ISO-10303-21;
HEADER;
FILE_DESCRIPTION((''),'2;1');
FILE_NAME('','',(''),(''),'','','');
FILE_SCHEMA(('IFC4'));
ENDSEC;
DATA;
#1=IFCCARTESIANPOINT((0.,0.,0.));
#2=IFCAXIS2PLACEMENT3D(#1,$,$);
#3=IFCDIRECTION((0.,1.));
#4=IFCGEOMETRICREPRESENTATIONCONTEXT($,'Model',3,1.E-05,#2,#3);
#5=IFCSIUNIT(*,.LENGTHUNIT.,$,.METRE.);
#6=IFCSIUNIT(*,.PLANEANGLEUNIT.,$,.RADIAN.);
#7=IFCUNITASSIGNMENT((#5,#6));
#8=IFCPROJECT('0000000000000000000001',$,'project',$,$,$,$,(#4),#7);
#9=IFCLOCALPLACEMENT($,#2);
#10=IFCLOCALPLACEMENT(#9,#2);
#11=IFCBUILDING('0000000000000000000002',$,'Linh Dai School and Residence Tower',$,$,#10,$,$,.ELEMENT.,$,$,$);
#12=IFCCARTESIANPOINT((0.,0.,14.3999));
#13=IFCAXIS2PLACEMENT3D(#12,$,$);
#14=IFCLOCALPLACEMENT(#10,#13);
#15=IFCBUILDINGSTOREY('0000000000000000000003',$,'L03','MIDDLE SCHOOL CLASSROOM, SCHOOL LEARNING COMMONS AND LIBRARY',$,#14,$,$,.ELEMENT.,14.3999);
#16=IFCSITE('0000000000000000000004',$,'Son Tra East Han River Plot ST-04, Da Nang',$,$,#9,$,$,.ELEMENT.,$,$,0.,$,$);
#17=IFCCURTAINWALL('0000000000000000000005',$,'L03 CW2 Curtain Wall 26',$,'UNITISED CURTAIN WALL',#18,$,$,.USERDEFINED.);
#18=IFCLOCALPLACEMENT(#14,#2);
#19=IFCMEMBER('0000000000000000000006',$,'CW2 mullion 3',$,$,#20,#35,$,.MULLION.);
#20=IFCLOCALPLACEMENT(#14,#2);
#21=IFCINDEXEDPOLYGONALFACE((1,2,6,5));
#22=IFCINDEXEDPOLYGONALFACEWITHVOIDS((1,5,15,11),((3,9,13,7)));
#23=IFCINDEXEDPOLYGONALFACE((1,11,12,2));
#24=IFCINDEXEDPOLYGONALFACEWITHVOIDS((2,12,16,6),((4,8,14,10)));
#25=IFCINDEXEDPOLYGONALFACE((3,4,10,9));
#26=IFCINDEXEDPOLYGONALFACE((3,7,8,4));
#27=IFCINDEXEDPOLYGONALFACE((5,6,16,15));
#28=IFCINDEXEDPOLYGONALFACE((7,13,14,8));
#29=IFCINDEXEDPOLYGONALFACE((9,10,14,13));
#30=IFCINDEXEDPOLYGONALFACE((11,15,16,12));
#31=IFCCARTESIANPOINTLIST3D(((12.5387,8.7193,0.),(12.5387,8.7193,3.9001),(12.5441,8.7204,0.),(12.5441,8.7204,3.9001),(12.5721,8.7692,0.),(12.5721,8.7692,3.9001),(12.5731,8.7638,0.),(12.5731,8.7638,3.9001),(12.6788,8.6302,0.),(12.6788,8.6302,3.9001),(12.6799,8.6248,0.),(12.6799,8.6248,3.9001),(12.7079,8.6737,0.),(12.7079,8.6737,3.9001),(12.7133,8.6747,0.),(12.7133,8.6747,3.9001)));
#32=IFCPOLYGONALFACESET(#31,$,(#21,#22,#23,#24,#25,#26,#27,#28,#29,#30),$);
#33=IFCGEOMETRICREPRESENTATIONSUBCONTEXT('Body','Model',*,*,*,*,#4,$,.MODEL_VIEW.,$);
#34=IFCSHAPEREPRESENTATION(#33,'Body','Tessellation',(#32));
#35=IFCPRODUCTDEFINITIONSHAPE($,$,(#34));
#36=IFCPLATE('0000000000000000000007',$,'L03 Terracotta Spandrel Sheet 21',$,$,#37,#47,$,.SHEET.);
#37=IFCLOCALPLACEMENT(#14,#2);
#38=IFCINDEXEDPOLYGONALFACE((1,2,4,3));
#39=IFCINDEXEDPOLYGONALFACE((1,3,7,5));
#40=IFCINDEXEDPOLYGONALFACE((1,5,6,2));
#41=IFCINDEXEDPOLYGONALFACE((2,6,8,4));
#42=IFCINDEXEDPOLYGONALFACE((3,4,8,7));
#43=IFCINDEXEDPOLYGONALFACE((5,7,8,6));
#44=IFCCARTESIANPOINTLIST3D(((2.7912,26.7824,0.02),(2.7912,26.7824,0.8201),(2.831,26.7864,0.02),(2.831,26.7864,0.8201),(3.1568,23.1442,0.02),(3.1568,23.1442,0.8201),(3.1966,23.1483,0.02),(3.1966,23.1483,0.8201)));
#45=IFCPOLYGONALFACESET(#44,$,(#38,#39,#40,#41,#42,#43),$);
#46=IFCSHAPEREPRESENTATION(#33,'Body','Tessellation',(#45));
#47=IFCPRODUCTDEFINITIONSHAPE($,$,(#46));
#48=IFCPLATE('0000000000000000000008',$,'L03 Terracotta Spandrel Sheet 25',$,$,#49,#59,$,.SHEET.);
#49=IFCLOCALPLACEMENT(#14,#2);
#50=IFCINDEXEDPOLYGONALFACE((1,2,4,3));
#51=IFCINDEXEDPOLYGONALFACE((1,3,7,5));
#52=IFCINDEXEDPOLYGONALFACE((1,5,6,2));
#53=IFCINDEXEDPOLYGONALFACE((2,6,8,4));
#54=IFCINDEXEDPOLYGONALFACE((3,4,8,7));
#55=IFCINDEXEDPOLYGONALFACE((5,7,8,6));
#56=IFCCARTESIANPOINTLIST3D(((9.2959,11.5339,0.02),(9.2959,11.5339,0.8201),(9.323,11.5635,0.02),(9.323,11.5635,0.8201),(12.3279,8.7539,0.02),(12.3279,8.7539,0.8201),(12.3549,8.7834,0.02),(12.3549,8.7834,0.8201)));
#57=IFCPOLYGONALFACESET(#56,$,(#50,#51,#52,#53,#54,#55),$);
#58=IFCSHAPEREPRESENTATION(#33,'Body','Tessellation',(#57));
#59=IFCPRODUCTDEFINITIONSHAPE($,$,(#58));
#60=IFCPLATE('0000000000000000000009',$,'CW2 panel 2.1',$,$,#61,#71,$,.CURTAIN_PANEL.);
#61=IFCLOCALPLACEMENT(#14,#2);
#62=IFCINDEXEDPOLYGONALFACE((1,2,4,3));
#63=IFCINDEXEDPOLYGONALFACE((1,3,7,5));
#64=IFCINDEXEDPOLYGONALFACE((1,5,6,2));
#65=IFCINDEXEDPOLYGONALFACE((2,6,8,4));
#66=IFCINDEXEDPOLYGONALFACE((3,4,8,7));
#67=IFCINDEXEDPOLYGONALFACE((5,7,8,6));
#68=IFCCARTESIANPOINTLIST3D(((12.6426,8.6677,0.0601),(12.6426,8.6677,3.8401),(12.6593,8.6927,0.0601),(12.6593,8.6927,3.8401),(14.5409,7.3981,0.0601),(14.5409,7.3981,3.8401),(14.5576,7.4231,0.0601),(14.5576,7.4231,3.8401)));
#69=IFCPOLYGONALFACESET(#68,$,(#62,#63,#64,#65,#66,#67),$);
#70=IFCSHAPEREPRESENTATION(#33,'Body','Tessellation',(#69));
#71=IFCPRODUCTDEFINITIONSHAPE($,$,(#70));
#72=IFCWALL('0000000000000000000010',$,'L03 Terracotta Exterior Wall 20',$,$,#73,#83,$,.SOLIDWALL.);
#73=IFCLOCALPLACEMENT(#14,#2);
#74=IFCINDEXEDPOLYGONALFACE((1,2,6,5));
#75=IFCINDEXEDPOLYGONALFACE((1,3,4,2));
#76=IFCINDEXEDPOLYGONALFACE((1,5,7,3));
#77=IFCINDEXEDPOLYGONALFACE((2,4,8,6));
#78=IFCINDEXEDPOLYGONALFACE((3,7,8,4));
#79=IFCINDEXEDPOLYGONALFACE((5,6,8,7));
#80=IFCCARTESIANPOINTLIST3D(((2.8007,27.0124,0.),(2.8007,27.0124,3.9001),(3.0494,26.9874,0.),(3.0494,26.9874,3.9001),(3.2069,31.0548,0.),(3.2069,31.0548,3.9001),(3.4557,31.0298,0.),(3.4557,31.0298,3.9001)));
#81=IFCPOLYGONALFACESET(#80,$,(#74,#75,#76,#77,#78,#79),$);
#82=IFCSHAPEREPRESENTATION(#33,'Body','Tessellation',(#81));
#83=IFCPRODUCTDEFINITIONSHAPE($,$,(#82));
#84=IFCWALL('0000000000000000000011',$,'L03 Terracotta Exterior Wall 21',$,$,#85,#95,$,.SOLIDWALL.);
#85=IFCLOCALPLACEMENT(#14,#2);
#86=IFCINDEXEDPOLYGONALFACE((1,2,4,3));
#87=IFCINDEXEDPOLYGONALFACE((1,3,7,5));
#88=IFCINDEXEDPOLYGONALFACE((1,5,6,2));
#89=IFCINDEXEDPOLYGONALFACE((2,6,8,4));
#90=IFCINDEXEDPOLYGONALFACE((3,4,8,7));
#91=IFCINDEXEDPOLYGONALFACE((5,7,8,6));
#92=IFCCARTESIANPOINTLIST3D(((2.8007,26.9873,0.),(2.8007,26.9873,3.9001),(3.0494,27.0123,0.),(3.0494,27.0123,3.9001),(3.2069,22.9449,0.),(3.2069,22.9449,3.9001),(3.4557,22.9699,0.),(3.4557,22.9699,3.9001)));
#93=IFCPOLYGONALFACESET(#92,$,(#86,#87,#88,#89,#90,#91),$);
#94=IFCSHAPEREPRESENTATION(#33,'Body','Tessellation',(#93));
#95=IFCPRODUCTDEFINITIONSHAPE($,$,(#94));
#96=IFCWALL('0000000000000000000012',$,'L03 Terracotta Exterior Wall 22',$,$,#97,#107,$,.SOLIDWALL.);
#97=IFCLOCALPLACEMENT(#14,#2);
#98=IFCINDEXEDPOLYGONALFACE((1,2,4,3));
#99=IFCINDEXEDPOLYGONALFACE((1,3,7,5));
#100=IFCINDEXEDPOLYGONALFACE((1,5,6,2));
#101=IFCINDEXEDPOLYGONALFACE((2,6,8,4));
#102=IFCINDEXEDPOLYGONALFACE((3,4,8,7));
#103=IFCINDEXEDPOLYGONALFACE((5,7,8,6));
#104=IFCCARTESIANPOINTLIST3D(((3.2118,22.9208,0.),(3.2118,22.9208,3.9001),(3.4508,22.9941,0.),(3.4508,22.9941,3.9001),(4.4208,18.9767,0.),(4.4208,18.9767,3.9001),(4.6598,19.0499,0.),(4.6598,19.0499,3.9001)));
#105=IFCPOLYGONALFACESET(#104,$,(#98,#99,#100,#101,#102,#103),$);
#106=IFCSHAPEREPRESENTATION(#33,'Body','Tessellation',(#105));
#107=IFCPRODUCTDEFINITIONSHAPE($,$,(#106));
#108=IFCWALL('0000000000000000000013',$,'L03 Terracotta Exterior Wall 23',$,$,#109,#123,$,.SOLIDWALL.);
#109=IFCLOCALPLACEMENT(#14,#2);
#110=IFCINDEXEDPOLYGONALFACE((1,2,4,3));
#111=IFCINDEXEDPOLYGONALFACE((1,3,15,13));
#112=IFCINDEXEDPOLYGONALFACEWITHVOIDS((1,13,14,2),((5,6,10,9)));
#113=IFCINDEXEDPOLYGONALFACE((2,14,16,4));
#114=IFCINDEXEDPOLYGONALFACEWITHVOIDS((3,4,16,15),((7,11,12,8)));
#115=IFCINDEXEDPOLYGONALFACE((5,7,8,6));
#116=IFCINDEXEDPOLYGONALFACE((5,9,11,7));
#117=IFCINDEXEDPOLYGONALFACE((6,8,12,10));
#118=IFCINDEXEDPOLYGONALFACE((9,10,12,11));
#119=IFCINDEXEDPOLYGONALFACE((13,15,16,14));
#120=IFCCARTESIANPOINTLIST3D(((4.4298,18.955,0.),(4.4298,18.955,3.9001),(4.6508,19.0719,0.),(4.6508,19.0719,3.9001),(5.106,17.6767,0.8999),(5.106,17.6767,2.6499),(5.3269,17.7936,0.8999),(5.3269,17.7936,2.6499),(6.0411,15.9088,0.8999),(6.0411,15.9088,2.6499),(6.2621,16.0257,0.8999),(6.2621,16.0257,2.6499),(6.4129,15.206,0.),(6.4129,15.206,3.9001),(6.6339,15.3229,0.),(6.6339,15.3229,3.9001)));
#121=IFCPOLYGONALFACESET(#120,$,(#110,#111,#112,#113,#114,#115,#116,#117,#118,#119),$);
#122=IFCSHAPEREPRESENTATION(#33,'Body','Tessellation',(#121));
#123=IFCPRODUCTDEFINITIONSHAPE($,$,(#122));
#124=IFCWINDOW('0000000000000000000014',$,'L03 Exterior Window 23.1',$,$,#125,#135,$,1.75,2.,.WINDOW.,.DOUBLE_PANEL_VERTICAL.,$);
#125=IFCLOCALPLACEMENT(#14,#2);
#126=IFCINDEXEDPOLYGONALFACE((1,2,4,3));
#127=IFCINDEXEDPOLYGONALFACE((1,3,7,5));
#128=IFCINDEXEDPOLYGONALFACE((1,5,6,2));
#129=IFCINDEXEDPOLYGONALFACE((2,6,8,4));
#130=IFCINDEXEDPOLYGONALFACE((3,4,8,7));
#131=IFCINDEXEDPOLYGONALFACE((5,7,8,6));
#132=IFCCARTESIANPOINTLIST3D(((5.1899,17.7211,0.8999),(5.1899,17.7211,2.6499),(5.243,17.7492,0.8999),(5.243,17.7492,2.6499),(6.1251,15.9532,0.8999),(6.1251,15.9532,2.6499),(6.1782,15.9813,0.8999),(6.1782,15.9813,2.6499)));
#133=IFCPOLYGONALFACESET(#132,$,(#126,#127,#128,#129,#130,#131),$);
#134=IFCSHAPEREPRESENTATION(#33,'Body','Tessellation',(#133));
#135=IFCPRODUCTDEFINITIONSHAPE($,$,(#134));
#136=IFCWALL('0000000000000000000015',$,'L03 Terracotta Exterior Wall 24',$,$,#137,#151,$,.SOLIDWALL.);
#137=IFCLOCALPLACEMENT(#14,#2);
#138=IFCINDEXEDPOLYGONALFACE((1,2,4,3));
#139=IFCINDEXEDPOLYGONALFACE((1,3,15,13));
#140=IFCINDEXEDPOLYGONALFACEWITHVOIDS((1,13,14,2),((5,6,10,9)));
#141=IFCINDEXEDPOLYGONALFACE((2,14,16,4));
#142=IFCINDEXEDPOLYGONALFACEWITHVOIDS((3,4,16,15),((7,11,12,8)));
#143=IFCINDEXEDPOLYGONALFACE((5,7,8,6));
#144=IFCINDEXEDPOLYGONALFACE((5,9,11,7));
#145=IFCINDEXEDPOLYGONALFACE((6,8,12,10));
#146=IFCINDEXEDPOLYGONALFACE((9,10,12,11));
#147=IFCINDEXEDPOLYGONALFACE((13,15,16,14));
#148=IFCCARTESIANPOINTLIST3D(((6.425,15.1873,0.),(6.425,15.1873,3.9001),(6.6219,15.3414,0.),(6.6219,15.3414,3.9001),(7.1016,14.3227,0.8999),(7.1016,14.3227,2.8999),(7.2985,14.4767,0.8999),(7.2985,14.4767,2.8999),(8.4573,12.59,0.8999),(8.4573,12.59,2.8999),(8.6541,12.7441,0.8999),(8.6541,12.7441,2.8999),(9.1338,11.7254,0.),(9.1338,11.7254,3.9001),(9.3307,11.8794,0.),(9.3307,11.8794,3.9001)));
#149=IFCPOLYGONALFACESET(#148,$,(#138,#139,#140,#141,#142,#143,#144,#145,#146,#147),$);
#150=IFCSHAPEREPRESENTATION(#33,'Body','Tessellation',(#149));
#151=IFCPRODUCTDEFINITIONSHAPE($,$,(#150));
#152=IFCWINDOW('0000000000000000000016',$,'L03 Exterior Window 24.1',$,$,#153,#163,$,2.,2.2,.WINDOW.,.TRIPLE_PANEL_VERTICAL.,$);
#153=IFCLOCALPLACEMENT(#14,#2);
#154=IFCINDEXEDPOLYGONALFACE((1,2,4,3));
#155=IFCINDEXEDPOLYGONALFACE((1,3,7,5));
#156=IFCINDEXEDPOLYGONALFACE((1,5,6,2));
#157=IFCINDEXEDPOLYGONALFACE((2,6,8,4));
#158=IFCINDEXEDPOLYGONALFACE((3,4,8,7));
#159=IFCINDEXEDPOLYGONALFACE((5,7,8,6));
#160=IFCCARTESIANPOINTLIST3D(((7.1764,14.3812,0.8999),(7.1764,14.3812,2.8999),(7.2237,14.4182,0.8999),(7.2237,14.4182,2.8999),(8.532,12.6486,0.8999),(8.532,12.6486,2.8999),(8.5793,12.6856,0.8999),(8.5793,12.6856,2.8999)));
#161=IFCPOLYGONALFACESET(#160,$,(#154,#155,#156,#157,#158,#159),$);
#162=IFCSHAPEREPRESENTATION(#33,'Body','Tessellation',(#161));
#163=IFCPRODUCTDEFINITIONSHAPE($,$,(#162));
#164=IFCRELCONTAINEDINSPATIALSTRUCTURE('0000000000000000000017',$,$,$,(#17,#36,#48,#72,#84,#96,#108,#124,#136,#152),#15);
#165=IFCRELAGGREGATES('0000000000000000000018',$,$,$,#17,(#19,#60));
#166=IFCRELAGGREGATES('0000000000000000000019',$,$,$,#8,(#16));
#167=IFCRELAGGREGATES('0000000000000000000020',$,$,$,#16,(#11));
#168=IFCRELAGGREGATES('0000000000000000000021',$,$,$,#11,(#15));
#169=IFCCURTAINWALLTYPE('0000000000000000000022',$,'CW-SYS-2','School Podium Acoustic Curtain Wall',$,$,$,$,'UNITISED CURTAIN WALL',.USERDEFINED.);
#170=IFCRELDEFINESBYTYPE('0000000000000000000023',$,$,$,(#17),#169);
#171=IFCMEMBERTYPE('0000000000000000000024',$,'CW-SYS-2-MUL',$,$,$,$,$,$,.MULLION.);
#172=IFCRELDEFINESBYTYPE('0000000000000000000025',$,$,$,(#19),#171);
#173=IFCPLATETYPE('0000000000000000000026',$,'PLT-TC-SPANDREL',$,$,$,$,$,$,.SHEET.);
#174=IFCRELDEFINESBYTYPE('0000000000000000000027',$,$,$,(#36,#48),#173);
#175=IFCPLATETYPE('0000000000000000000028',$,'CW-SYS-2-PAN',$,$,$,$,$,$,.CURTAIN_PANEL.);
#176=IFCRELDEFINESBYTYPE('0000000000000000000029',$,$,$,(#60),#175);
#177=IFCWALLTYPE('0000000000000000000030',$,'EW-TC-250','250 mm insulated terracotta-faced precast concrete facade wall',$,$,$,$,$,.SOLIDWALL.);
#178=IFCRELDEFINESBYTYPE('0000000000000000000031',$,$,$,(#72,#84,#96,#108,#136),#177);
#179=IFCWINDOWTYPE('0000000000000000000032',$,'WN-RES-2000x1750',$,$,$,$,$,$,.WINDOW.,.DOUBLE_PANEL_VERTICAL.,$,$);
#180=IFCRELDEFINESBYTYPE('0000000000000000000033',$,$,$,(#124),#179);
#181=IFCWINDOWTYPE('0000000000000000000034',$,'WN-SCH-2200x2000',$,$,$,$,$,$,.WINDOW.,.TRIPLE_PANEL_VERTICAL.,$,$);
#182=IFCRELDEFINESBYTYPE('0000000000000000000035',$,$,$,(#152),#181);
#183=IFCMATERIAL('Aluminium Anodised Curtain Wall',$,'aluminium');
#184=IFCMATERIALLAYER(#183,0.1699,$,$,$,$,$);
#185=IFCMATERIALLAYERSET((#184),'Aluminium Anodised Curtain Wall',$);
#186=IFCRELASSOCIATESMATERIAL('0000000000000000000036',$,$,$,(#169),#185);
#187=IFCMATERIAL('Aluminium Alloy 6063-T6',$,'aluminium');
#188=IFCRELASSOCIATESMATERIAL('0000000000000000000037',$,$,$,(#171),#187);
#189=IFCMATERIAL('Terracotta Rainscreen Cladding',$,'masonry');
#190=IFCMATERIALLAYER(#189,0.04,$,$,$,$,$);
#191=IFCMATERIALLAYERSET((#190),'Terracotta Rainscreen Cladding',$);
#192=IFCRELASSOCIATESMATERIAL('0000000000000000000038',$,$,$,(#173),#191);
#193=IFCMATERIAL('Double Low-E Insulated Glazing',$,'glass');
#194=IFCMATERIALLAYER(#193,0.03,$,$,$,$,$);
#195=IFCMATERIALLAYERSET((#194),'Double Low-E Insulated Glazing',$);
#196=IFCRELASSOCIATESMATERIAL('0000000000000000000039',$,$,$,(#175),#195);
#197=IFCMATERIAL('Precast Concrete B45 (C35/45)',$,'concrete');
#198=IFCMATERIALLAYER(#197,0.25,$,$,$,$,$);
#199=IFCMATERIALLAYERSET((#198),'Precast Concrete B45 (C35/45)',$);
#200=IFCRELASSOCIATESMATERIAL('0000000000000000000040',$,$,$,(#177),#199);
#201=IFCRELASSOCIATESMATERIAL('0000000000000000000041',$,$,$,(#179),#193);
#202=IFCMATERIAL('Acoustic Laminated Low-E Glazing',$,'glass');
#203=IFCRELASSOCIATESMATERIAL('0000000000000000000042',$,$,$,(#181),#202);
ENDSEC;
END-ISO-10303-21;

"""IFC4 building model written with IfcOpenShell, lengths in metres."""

from ifc_helpers import new_model, si_unit, direction, frame, frame_2d, origin, origin_2d, place, context, subcontext, project, spatial, rectangle, hollow_rectangle, extrude, source, transform, mapped, material, layer, layer_set, material_profile, profile_set, type_object, element, fill, aggregate, save


model = new_model("IFC4")

# Units and contexts
model_context = context("Model", 3, precision=1e-05, world=origin(), true_north=direction((0.0, 1.0)))
body_context = subcontext(model_context, "Body", "Model", "MODEL_VIEW")
ifc_project = project(units=[si_unit("LENGTHUNIT", "METRE"), si_unit("PLANEANGLEUNIT", "RADIAN")], contexts=[model_context])

# Site, building, storey
site_placement = place(None, origin())
site = spatial("IfcSite", under=ifc_project, at=site_placement, Name="Son Tra East Han River Plot ST-04, Da Nang", CompositionType="ELEMENT", RefElevation=0.0)
building_placement = place(site_placement, origin())
building = spatial("IfcBuilding", under=site, at=building_placement, Name="Linh Dai School and Residence Tower", CompositionType="ELEMENT")
storey_placement = place(building_placement, frame((0.0, 0.0, 14.3999)))
storey = spatial("IfcBuildingStorey", under=building, at=storey_placement, Name="L03", Description="MIDDLE SCHOOL CLASSROOM, SCHOOL LEARNING COMMONS AND LIBRARY", CompositionType="ELEMENT", Elevation=14.3999)

# Curtain wall, member
ifc_material_1 = material(Name="Aluminium Anodised Curtain Wall", Category="aluminium")
ifc_layer_1 = layer(ifc_material_1, 0.1699)
ifc_layer_set_1 = layer_set([ifc_layer_1], Name="Aluminium Anodised Curtain Wall")
curtain_wall_type = type_object("IfcCurtainWallType", Name="CW-SYS-2", Description="School Podium Acoustic Curtain Wall", ElementType="UNITISED CURTAIN WALL", PredefinedType="USERDEFINED", material=ifc_layer_set_1)
curtain_wall_placement = place(storey_placement, origin())
curtain_wall = element("IfcCurtainWall", 1, at=curtain_wall_placement, inside=storey, type_object=curtain_wall_type, Name="L03 CW2 Curtain Wall 26", ObjectType="UNITISED CURTAIN WALL", PredefinedType="USERDEFINED")
ifc_material_2 = material(Name="Aluminium Alloy 6063-T6", Category="aluminium")
ifc_material_profile_1 = material_profile(ifc_material_2, hollow_rectangle(XDim=0.0601, YDim=0.1699, WallThickness=0.0039, at=origin_2d()), Name="RHS 170x60x4")
ifc_profile_set_1 = profile_set([ifc_material_profile_1], Name="Aluminium Alloy 6063-T6")
member_type = type_object("IfcMemberType", Name="CW-SYS-2-MUL", PredefinedType="MULLION", material=ifc_profile_set_1)
shared_shape_1 = source(origin(), body_context, "Body", "SweptSolid", [
    extrude(hollow_rectangle(XDim=0.0601, YDim=0.1699, WallThickness=0.0039, at=origin_2d()), origin(), (0.0, 0.0, 1.0), 3.9001),
])
member_placement = place(storey_placement, frame((12.626, 8.697, 0.0), z_axis=(0.0, 0.0, 1.0), x_axis=(-0.555957, -0.831211, 0.0)))
member = element("IfcMember", 2, at=member_placement, type_object=member_type, Name="CW2 mullion 3", PredefinedType="MULLION", context=body_context, shape_type="MappedRepresentation", body=[
    mapped(shared_shape_1, transform((0.0, 0.0, 0.0), x_axis=(1.0, 0.0, 0.0), y_axis=(0.0, 1.0, 0.0), z_axis=(0.0, 0.0, 1.0), scale=1.0)),
])

# Plates
ifc_material_3 = material(Name="Terracotta Rainscreen Cladding", Category="masonry")
ifc_layer_2 = layer(ifc_material_3, 0.04)
ifc_layer_set_2 = layer_set([ifc_layer_2], Name="Terracotta Rainscreen Cladding")
plate_type_1 = type_object("IfcPlateType", Name="PLT-TC-SPANDREL", PredefinedType="SHEET", material=ifc_layer_set_2)
shared_shape_2 = source(origin(), body_context, "Body", "SweptSolid", [
    extrude(rectangle(XDim=3.6565, YDim=0.04, at=origin_2d()), origin(), (0.0, 0.0, 1.0), 0.8),
])
plate_1_placement = place(storey_placement, frame((2.9939, 24.9653, 0.02), z_axis=(0.0, 0.0, 1.0), x_axis=(-0.099995, 0.994988, 0.0)))
element("IfcPlate", 3, at=plate_1_placement, inside=storey, type_object=plate_type_1, Name="L03 Terracotta Spandrel Sheet 21", PredefinedType="SHEET", context=body_context, shape_type="MappedRepresentation", body=[
    mapped(shared_shape_2, transform((0.0, 0.0, 0.0), x_axis=(1.0, 0.0, 0.0), y_axis=(0.0, 1.0, 0.0), z_axis=(0.0, 0.0, 1.0), scale=1.0)),
])
shared_shape_3 = source(origin(), body_context, "Body", "SweptSolid", [
    extrude(rectangle(XDim=4.1135, YDim=0.04, at=origin_2d()), origin(), (0.0, 0.0, 1.0), 0.8),
])
plate_2_placement = place(storey_placement, frame((10.8254, 10.1587, 0.02), z_axis=(0.0, 0.0, 1.0), x_axis=(-0.737062, 0.675825, 0.0)))
element("IfcPlate", 4, at=plate_2_placement, inside=storey, type_object=plate_type_1, Name="L03 Terracotta Spandrel Sheet 25", PredefinedType="SHEET", context=body_context, shape_type="MappedRepresentation", body=[
    mapped(shared_shape_3, transform((0.0, 0.0, 0.0), x_axis=(1.0, 0.0, 0.0), y_axis=(0.0, 1.0, 0.0), z_axis=(0.0, 0.0, 1.0), scale=1.0)),
])

# Plate
ifc_material_4 = material(Name="Double Low-E Insulated Glazing", Category="glass")
ifc_layer_3 = layer(ifc_material_4, 0.03)
ifc_layer_set_3 = layer_set([ifc_layer_3], Name="Double Low-E Insulated Glazing")
plate_type_2 = type_object("IfcPlateType", Name="CW-SYS-2-PAN", PredefinedType="CURTAIN_PANEL", material=ifc_layer_set_3)
shared_shape_4 = source(origin(), body_context, "Body", "SweptSolid", [
    extrude(rectangle(XDim=2.2837, YDim=0.03, at=origin_2d()), origin(), (0.0, 0.0, 1.0), 3.78),
])
plate_3_placement = place(storey_placement, frame((13.6001, 8.0454, 0.0601), z_axis=(0.0, 0.0, 1.0), x_axis=(-0.831211, 0.555957, 0.0)))
plate_3 = element("IfcPlate", 5, at=plate_3_placement, type_object=plate_type_2, Name="CW2 panel 2.1", PredefinedType="CURTAIN_PANEL", context=body_context, shape_type="MappedRepresentation", body=[
    mapped(shared_shape_4, transform((0.0, 0.0, 0.0), x_axis=(1.0, 0.0, 0.0), y_axis=(0.0, 1.0, 0.0), z_axis=(0.0, 0.0, 1.0), scale=1.0)),
])
aggregate(curtain_wall, [member, plate_3])

# Walls
ifc_material_5 = material(Name="Precast Concrete B45 (C35/45)", Category="concrete")
ifc_layer_4 = layer(ifc_material_5, 0.25)
ifc_layer_set_4 = layer_set([ifc_layer_4], Name="Precast Concrete B45 (C35/45)")
wall_type_1 = type_object("IfcWallType", Name="EW-TC-250", Description="250 mm insulated terracotta-faced precast concrete facade wall", PredefinedType="SOLIDWALL", material=ifc_layer_set_4)
for number, where, z_axis, x_axis, name in (
    (6, (2.925, 27.0, 0.0), (0.0, 0.0, 1.0), (0.099992, 0.994988, 0.0), "L03 Terracotta Exterior Wall 20"),
    (7, (3.3313, 22.9575, 0.0), (0.0, 0.0, 1.0), (-0.099992, 0.994988, 0.0), "L03 Terracotta Exterior Wall 21"),
):
    element("IfcWall", number, at=place(storey_placement, frame(where, z_axis=z_axis, x_axis=x_axis)), inside=storey, type_object=wall_type_1, Name=name, PredefinedType="SOLIDWALL", context=body_context, shape_type="SweptSolid", body=[
        extrude(rectangle(XDim=4.0627, YDim=0.25, at=frame_2d((2.0312, 0.0))), origin(), (0.0, 0.0, 1.0), 3.9001),
    ])
wall_1_placement = place(storey_placement, frame((4.5403, 19.0134, 0.0), z_axis=(0.0, 0.0, 1.0), x_axis=(-0.293071, 0.956091, 0.0)))
element("IfcWall", 8, at=wall_1_placement, inside=storey, type_object=wall_type_1, Name="L03 Terracotta Exterior Wall 22", PredefinedType="SOLIDWALL", context=body_context, shape_type="SweptSolid", body=[
    extrude(rectangle(XDim=4.1252, YDim=0.25, at=frame_2d((2.0625, 0.0))), origin(), (0.0, 0.0, 1.0), 3.9001),
])

# Walls, openings, windows
wall_2_placement = place(storey_placement, frame((6.5234, 15.2644, 0.0), z_axis=(0.0, 0.0, 1.0), x_axis=(-0.467589, 0.883946, 0.0)))
wall_2 = element("IfcWall", 9, at=wall_2_placement, inside=storey, type_object=wall_type_1, Name="L03 Terracotta Exterior Wall 23", PredefinedType="SOLIDWALL", context=body_context, shape_type="SweptSolid", body=[
    extrude(rectangle(XDim=4.2412, YDim=0.25, at=frame_2d((2.1206, 0.0))), origin(), (0.0, 0.0, 1.0), 3.9001),
])
opening_1_placement = place(wall_2_placement, frame((0.7952, 0.0, 0.8999)))
opening_1 = element("IfcOpeningElement", 10, at=opening_1_placement, cuts=wall_2, PredefinedType="OPENING", context=body_context, shape_type="SweptSolid", body=[
    extrude(rectangle(XDim=2.0, YDim=1.75, at=origin_2d()), frame((1.0, 0.135, 0.875), z_axis=(0.0, -1.0, 0.0), x_axis=(1.0, 0.0, 0.0)), (0.0, 0.0, 1.0), 0.27),
])
window_type_1 = type_object("IfcWindowType", Name="WN-RES-2000x1750", PartitioningType="DOUBLE_PANEL_VERTICAL", PredefinedType="WINDOW", material=ifc_material_4)
shared_shape_5 = source(origin(), body_context, "Body", "SweptSolid", [
    extrude(rectangle(XDim=2.0, YDim=1.75, at=origin_2d()), frame((1.0, 0.03, 0.875), z_axis=(0.0, -1.0, 0.0), x_axis=(1.0, 0.0, 0.0)), (0.0, 0.0, 1.0), 0.0601),
])
window_1_placement = place(opening_1_placement, origin())
window_1 = element("IfcWindow", 11, at=window_1_placement, inside=storey, type_object=window_type_1, Name="L03 Exterior Window 23.1", OverallHeight=1.75, OverallWidth=2.0, PartitioningType="DOUBLE_PANEL_VERTICAL", PredefinedType="WINDOW", context=body_context, shape_type="MappedRepresentation", body=[
    mapped(shared_shape_5, transform((0.0, 0.0, 0.0), x_axis=(1.0, 0.0, 0.0), y_axis=(0.0, 1.0, 0.0), z_axis=(0.0, 0.0, 1.0), scale=1.0)),
])
fill(opening_1, window_1)
wall_3_placement = place(storey_placement, frame((9.2322, 11.8025, 0.0), z_axis=(0.0, 0.0, 1.0), x_axis=(-0.616226, 0.787569, 0.0)))
wall_3 = element("IfcWall", 12, at=wall_3_placement, inside=storey, type_object=wall_type_1, Name="L03 Terracotta Exterior Wall 24", PredefinedType="SOLIDWALL", context=body_context, shape_type="SweptSolid", body=[
    extrude(rectangle(XDim=4.3958, YDim=0.25, at=frame_2d((2.1978, 0.0))), origin(), (0.0, 0.0, 1.0), 3.9001),
])
opening_2_placement = place(wall_3_placement, frame((1.0977, 0.0, 0.8999)))
opening_2 = element("IfcOpeningElement", 13, at=opening_2_placement, cuts=wall_3, PredefinedType="OPENING", context=body_context, shape_type="SweptSolid", body=[
    extrude(rectangle(XDim=2.2, YDim=2.0, at=origin_2d()), frame((1.1001, 0.135, 1.0), z_axis=(0.0, -1.0, 0.0), x_axis=(1.0, 0.0, 0.0)), (0.0, 0.0, 1.0), 0.27),
])
ifc_material_6 = material(Name="Acoustic Laminated Low-E Glazing", Category="glass")
window_type_2 = type_object("IfcWindowType", Name="WN-SCH-2200x2000", PartitioningType="TRIPLE_PANEL_VERTICAL", PredefinedType="WINDOW", material=ifc_material_6)
shared_shape_6 = source(origin(), body_context, "Body", "SweptSolid", [
    extrude(rectangle(XDim=2.2, YDim=2.0, at=origin_2d()), frame((1.1001, 0.03, 1.0), z_axis=(0.0, -1.0, 0.0), x_axis=(1.0, 0.0, 0.0)), (0.0, 0.0, 1.0), 0.0601),
])
window_2_placement = place(opening_2_placement, origin())
window_2 = element("IfcWindow", 14, at=window_2_placement, inside=storey, type_object=window_type_2, Name="L03 Exterior Window 24.1", OverallHeight=2.0, OverallWidth=2.2, PartitioningType="TRIPLE_PANEL_VERTICAL", PredefinedType="WINDOW", context=body_context, shape_type="MappedRepresentation", body=[
    mapped(shared_shape_6, transform((0.0, 0.0, 0.0), x_axis=(1.0, 0.0, 0.0), y_axis=(0.0, 1.0, 0.0), z_axis=(0.0, 0.0, 1.0), scale=1.0)),
])
fill(opening_2, window_2)

save(model, "model.ifc")
